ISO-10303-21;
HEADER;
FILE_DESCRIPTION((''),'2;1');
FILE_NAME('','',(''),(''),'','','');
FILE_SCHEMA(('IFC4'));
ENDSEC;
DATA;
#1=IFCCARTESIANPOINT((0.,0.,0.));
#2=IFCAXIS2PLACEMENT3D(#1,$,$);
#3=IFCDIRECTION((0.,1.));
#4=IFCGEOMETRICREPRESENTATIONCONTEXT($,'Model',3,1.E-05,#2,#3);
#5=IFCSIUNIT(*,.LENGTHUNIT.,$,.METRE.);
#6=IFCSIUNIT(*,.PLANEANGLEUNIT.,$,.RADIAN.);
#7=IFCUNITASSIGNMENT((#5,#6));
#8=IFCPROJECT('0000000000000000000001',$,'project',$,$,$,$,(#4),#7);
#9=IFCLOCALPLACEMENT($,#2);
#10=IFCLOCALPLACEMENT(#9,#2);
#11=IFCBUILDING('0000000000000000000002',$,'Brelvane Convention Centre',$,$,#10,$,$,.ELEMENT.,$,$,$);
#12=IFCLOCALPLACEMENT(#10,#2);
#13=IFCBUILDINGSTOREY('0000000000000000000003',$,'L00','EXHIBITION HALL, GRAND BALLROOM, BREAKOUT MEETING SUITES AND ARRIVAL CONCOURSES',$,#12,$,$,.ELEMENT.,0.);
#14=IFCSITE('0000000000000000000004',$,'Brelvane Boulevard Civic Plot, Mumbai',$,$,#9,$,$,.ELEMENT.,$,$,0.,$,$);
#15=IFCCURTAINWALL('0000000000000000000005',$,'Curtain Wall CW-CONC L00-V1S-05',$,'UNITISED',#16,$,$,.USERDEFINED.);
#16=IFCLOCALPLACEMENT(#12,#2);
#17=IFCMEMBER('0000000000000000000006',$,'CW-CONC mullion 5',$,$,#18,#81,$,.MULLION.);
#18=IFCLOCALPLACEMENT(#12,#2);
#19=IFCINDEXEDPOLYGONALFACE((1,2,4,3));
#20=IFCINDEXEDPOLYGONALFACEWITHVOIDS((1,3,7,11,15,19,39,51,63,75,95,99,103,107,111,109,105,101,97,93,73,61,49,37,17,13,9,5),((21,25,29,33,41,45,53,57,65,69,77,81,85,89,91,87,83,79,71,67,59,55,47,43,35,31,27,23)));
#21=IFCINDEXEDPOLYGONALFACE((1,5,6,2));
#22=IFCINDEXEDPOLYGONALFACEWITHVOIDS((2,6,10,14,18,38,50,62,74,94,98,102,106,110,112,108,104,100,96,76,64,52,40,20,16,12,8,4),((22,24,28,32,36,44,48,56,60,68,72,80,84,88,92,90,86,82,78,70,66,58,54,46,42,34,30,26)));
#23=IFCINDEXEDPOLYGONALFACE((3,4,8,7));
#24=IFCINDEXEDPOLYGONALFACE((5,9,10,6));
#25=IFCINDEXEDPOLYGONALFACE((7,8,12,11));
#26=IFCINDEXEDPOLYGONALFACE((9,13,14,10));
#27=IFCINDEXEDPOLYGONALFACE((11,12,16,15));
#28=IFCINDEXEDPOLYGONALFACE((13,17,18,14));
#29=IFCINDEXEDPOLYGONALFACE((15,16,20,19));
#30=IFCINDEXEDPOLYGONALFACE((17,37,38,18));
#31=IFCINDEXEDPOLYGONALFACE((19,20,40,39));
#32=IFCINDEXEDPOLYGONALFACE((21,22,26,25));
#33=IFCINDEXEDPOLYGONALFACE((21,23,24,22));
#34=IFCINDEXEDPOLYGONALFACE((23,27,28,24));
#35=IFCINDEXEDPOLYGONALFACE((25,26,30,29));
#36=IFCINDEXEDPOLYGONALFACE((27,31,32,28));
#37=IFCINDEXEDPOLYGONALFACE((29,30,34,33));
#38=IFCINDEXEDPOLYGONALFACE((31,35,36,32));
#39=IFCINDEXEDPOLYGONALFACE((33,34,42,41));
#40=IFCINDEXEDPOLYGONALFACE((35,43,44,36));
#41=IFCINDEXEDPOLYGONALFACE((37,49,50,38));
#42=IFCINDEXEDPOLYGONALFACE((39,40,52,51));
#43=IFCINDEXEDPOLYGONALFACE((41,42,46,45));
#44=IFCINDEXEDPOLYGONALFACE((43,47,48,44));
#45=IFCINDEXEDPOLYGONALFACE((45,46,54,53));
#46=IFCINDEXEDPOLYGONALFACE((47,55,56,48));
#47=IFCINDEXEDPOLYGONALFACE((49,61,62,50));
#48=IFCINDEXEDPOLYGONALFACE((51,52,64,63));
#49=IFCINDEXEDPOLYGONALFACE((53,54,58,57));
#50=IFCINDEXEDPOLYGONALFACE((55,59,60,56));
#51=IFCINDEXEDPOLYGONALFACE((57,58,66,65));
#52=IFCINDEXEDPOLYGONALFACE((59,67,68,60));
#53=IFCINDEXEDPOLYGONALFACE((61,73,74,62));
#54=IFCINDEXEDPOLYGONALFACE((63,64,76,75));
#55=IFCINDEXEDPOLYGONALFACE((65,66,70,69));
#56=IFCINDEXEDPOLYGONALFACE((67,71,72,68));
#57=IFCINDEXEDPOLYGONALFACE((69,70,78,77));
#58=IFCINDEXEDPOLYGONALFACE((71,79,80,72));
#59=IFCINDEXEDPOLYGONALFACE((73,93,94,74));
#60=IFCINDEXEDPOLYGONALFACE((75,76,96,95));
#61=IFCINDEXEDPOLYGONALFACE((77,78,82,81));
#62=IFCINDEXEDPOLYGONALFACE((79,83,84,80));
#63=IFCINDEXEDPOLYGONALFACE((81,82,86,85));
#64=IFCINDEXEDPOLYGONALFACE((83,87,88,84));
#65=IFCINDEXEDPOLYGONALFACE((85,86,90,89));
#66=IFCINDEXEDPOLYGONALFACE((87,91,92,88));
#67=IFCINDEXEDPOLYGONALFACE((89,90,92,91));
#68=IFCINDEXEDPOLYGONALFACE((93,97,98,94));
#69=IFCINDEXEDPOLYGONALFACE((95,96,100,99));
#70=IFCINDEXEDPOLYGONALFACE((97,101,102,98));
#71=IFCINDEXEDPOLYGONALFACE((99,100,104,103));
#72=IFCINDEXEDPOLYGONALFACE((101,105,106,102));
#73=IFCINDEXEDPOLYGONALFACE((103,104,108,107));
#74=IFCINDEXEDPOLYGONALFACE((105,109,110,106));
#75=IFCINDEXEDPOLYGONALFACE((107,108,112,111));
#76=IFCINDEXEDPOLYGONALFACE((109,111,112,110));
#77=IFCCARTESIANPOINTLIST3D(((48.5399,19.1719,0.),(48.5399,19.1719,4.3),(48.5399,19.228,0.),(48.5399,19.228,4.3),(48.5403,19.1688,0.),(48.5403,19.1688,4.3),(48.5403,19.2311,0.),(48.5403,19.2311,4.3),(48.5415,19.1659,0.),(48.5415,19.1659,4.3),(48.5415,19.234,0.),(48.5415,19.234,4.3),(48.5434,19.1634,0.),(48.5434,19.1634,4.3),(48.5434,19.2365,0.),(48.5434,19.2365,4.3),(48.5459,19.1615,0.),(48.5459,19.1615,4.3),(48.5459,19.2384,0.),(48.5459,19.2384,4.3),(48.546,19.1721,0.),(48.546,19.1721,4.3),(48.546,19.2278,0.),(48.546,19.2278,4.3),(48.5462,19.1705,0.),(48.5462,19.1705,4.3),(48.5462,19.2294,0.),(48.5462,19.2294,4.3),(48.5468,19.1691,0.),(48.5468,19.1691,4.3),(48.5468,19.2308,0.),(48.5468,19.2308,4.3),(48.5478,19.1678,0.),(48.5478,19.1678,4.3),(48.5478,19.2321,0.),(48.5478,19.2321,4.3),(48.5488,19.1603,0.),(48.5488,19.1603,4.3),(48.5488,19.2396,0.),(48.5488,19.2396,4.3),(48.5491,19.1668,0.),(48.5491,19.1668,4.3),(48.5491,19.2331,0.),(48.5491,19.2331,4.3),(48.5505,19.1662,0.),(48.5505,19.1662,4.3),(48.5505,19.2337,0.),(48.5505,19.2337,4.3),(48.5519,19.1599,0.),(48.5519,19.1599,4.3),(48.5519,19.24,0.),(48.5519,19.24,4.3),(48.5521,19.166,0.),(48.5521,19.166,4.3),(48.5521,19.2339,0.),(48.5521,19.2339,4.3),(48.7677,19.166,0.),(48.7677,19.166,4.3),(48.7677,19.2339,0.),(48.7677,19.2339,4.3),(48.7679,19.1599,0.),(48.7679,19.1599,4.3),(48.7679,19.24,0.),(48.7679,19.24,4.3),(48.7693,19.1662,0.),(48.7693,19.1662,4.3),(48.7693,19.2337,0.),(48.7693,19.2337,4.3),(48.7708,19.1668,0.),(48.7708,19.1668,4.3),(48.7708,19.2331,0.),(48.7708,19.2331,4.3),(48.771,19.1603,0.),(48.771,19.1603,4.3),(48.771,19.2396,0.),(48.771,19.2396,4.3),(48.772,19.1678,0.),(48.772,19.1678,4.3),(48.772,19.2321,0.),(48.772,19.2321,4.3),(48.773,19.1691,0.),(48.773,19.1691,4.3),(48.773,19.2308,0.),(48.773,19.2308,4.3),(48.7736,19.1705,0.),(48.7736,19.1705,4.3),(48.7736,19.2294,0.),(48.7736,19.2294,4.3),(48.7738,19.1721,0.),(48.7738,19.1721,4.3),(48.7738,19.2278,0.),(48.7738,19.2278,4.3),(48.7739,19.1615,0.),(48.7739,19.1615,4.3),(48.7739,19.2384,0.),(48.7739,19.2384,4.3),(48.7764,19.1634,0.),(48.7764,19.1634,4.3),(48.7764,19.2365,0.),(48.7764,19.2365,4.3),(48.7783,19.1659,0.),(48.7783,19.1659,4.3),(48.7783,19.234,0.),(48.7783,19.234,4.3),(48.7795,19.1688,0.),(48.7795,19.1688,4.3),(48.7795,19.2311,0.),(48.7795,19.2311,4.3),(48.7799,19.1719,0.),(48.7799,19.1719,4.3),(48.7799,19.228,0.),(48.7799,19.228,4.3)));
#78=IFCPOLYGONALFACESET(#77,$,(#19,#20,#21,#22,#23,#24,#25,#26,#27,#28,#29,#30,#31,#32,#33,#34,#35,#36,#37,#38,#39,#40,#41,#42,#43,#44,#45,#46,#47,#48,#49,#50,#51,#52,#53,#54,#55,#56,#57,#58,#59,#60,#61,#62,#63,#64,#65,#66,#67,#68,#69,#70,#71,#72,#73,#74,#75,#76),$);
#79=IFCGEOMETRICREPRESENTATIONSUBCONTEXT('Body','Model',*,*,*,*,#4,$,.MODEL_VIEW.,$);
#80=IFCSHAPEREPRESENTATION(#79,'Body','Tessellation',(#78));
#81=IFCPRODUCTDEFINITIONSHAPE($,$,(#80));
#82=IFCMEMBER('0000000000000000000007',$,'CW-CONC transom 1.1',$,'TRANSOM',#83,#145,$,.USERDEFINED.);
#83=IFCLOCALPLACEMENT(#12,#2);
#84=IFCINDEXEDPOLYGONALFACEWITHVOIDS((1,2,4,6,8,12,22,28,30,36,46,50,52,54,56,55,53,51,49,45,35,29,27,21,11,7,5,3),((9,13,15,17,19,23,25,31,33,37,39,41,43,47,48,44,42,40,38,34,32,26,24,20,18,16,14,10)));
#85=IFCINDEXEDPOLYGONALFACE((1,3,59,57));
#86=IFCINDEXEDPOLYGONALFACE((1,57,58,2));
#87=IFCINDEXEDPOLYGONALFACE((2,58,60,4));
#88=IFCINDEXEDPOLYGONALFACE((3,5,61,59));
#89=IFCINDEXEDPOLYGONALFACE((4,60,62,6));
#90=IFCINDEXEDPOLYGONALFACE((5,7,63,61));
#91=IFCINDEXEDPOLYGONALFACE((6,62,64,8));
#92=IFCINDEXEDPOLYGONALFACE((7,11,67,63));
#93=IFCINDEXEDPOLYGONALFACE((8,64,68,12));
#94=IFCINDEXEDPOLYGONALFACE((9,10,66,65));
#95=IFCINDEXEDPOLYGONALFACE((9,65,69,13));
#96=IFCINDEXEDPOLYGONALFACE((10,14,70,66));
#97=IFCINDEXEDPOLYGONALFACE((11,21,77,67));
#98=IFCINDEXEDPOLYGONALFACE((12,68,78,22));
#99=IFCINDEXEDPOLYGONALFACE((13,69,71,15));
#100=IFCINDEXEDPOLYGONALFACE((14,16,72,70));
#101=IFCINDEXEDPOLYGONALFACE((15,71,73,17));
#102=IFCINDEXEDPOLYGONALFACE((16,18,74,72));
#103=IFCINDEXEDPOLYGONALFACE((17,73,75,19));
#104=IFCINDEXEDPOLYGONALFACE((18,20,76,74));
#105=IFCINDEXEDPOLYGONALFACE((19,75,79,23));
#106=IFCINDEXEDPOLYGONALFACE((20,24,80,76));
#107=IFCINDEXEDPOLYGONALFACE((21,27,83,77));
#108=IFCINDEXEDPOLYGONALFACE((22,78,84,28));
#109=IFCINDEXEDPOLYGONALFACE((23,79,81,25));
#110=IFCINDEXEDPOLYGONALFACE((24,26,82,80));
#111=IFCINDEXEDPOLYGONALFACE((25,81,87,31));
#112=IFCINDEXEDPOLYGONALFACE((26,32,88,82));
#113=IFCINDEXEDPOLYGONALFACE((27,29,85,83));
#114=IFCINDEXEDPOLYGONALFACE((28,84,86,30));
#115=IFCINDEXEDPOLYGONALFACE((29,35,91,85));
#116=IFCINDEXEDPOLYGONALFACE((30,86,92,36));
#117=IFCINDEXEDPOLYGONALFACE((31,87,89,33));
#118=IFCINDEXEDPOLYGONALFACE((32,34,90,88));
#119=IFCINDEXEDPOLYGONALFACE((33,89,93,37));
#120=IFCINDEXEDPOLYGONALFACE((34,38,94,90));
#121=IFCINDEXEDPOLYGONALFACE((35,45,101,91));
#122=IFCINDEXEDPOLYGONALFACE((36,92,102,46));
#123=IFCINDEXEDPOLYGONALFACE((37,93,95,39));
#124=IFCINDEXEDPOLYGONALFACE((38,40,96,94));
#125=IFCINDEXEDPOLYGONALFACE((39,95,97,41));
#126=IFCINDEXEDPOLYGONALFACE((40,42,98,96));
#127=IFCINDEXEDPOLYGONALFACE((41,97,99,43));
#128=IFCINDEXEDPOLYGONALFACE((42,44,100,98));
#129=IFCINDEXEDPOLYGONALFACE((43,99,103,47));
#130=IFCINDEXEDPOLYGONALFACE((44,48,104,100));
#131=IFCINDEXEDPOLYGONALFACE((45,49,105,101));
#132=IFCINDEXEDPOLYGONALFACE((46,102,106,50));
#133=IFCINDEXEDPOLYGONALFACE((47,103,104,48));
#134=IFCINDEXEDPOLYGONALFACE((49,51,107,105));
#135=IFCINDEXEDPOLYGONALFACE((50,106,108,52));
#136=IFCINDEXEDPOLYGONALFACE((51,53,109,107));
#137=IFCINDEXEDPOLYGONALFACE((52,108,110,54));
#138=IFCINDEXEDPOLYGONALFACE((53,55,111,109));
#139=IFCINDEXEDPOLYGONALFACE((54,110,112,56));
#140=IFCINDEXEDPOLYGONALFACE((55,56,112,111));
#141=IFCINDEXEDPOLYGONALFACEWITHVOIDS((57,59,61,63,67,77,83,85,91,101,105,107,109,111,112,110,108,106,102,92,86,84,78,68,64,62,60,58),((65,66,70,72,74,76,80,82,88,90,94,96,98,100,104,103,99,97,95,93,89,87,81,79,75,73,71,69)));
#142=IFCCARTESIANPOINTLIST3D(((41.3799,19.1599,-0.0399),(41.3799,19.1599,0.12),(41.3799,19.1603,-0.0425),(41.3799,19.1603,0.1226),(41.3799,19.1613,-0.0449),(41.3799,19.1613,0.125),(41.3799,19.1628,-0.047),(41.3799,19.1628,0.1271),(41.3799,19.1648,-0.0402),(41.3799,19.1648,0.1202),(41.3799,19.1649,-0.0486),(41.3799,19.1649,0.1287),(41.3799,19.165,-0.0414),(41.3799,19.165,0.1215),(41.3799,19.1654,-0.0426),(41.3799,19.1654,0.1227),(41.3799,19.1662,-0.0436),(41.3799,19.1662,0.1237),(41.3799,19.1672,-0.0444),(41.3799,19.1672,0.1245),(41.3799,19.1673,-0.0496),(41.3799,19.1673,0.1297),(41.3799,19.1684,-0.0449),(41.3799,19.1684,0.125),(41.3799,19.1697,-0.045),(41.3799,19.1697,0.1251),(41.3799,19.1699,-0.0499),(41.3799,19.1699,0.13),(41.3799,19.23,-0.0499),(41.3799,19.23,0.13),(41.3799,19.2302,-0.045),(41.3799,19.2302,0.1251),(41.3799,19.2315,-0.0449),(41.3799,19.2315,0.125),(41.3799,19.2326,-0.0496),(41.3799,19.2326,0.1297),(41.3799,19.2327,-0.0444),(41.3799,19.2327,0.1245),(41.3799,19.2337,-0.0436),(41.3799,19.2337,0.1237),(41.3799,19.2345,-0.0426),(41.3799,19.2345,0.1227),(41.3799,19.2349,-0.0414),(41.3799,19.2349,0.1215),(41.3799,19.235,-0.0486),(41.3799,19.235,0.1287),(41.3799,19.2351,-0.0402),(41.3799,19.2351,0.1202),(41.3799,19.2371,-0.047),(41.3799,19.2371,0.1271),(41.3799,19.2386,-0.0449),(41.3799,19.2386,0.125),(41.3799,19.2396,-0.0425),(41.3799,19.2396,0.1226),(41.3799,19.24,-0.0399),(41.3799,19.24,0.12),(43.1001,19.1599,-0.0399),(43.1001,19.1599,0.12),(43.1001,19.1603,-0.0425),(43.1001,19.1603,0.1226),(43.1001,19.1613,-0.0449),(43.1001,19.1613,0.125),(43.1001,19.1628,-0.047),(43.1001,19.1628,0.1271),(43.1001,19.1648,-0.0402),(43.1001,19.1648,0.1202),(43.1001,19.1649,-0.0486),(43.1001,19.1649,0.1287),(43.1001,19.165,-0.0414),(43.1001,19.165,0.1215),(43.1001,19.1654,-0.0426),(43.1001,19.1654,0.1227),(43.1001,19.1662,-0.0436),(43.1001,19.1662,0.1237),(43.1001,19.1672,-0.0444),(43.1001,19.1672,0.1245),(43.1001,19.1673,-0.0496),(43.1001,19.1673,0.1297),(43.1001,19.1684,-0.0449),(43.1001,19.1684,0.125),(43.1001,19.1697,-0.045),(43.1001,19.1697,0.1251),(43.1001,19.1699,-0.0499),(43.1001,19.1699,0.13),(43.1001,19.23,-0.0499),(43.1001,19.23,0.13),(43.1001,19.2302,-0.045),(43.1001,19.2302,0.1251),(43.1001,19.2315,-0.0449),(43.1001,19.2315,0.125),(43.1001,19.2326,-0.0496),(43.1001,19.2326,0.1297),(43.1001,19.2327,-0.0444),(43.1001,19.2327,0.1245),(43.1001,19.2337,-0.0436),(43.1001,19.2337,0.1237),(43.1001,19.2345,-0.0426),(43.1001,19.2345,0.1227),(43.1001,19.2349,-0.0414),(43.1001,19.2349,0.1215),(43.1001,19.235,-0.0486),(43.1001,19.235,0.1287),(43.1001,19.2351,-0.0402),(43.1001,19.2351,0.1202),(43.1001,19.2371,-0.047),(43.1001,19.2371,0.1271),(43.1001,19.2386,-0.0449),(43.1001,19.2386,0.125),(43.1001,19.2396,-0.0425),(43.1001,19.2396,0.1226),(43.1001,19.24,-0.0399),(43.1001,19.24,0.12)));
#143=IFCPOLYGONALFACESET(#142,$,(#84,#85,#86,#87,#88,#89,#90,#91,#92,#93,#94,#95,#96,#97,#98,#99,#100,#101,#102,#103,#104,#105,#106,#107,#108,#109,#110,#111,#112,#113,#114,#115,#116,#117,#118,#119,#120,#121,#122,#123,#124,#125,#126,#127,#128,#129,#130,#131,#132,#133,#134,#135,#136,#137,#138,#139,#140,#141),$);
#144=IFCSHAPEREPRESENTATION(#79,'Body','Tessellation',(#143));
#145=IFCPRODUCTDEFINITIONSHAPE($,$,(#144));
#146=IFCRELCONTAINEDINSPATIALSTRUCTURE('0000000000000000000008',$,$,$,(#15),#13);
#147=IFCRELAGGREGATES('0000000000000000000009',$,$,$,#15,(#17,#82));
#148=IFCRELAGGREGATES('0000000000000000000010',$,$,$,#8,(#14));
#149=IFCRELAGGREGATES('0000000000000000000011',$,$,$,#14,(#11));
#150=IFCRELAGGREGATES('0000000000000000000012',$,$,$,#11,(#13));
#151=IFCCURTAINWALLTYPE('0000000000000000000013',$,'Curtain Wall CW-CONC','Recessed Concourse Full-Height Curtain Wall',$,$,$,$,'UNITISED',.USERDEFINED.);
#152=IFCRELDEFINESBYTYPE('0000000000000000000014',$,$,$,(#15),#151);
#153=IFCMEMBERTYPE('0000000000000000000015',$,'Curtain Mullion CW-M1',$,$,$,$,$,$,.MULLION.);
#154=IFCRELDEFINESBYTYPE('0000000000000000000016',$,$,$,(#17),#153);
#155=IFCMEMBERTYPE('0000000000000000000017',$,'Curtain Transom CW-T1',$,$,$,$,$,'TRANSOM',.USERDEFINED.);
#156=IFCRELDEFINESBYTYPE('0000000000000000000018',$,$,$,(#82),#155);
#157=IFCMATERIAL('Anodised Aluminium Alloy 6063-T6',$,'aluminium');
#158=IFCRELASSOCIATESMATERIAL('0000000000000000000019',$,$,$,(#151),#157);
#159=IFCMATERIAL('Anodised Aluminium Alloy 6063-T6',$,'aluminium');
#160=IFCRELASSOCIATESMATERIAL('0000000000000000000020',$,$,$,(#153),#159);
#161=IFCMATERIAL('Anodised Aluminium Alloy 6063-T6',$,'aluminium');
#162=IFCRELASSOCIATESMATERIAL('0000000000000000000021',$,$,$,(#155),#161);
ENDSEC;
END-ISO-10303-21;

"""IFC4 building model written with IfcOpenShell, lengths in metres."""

from ifc_helpers import new_model, si_unit, direction, frame, origin, origin_2d, place, context, subcontext, project, spatial, hollow_rectangle, extrude, material, material_profile, profile_set, type_object, element, aggregate, save


model = new_model("IFC4")

# Units and contexts
model_context = context("Model", 3, precision=1e-05, world=origin(), true_north=direction((0.0, 1.0)))
body_context = subcontext(model_context, "Body", "Model", "MODEL_VIEW")
ifc_project = project(units=[si_unit("LENGTHUNIT", "METRE"), si_unit("PLANEANGLEUNIT", "RADIAN")], contexts=[model_context])

# Site, building, storey
site_placement = place(None, origin())
site = spatial("IfcSite", under=ifc_project, at=site_placement, Name="Brelvane Boulevard Civic Plot, Mumbai", CompositionType="ELEMENT", RefElevation=0.0)
building_placement = place(site_placement, origin())
building = spatial("IfcBuilding", under=site, at=building_placement, Name="Brelvane Convention Centre", CompositionType="ELEMENT")
storey_placement = place(building_placement, origin())
storey = spatial("IfcBuildingStorey", under=building, at=storey_placement, Name="L00", Description="EXHIBITION HALL, GRAND BALLROOM, BREAKOUT MEETING SUITES AND ARRIVAL CONCOURSES", CompositionType="ELEMENT", Elevation=0.0)

# Curtain wall, members
ifc_material_1 = material(Name="Anodised Aluminium Alloy 6063-T6", Category="aluminium")
curtain_wall_type = type_object("IfcCurtainWallType", Name="Curtain Wall CW-CONC", Description="Recessed Concourse Full-Height Curtain Wall", ElementType="UNITISED", PredefinedType="USERDEFINED", material=ifc_material_1)
curtain_wall_placement = place(storey_placement, origin())
curtain_wall = element("IfcCurtainWall", 1, at=curtain_wall_placement, inside=storey, type_object=curtain_wall_type, Name="Curtain Wall CW-CONC L00-V1S-05", ObjectType="UNITISED", PredefinedType="USERDEFINED")
ifc_material_2 = material(Name="Anodised Aluminium Alloy 6063-T6", Category="aluminium")
ifc_material_profile_1 = material_profile(ifc_material_2, hollow_rectangle(XDim=0.0801, YDim=0.24, WallThickness=0.0061, InnerFilletRadius=0.0061, OuterFilletRadius=0.012, at=origin_2d()), Name="ALU-M 240x80x6.0")
ifc_profile_set_1 = profile_set([ifc_material_profile_1], Name="Anodised Aluminium Alloy 6063-T6")
member_type_1 = type_object("IfcMemberType", Name="Curtain Mullion CW-M1", PredefinedType="MULLION", material=ifc_profile_set_1)
member_1_placement = place(storey_placement, frame((48.6599, 19.2, 0.0), z_axis=(0.0, 0.0, 1.0), x_axis=(0.0, 1.0, 0.0)))
member_1 = element("IfcMember", 2, at=member_1_placement, type_object=member_type_1, Name="CW-CONC mullion 5", PredefinedType="MULLION", context=body_context, shape_type="SweptSolid", body=[
    extrude(hollow_rectangle(XDim=0.0801, YDim=0.24, WallThickness=0.0061, InnerFilletRadius=0.0061, OuterFilletRadius=0.012, at=origin_2d()), origin(), (0.0, 0.0, 1.0), 4.3),
])
ifc_material_3 = material(Name="Anodised Aluminium Alloy 6063-T6", Category="aluminium")
ifc_material_profile_2 = material_profile(ifc_material_3, hollow_rectangle(XDim=0.0801, YDim=0.1799, WallThickness=0.0049, InnerFilletRadius=0.0049, OuterFilletRadius=0.01, at=origin_2d()), Name="ALU-T 180x80x5.0")
ifc_profile_set_2 = profile_set([ifc_material_profile_2], Name="Anodised Aluminium Alloy 6063-T6")
member_type_2 = type_object("IfcMemberType", Name="Curtain Transom CW-T1", ElementType="TRANSOM", PredefinedType="USERDEFINED", material=ifc_profile_set_2)
member_2_placement = place(storey_placement, frame((41.3799, 19.2, 0.04), z_axis=(1.0, 0.0, 0.0), x_axis=(0.0, 1.0, 0.0)))
member_2 = element("IfcMember", 3, at=member_2_placement, type_object=member_type_2, Name="CW-CONC transom 1.1", ObjectType="TRANSOM", PredefinedType="USERDEFINED", context=body_context, shape_type="SweptSolid", body=[
    extrude(hollow_rectangle(XDim=0.0801, YDim=0.1799, WallThickness=0.0049, InnerFilletRadius=0.0049, OuterFilletRadius=0.01, at=origin_2d()), origin(), (0.0, 0.0, 1.0), 1.7202),
])
aggregate(curtain_wall, [member_1, member_2])

save(model, "model.ifc")
